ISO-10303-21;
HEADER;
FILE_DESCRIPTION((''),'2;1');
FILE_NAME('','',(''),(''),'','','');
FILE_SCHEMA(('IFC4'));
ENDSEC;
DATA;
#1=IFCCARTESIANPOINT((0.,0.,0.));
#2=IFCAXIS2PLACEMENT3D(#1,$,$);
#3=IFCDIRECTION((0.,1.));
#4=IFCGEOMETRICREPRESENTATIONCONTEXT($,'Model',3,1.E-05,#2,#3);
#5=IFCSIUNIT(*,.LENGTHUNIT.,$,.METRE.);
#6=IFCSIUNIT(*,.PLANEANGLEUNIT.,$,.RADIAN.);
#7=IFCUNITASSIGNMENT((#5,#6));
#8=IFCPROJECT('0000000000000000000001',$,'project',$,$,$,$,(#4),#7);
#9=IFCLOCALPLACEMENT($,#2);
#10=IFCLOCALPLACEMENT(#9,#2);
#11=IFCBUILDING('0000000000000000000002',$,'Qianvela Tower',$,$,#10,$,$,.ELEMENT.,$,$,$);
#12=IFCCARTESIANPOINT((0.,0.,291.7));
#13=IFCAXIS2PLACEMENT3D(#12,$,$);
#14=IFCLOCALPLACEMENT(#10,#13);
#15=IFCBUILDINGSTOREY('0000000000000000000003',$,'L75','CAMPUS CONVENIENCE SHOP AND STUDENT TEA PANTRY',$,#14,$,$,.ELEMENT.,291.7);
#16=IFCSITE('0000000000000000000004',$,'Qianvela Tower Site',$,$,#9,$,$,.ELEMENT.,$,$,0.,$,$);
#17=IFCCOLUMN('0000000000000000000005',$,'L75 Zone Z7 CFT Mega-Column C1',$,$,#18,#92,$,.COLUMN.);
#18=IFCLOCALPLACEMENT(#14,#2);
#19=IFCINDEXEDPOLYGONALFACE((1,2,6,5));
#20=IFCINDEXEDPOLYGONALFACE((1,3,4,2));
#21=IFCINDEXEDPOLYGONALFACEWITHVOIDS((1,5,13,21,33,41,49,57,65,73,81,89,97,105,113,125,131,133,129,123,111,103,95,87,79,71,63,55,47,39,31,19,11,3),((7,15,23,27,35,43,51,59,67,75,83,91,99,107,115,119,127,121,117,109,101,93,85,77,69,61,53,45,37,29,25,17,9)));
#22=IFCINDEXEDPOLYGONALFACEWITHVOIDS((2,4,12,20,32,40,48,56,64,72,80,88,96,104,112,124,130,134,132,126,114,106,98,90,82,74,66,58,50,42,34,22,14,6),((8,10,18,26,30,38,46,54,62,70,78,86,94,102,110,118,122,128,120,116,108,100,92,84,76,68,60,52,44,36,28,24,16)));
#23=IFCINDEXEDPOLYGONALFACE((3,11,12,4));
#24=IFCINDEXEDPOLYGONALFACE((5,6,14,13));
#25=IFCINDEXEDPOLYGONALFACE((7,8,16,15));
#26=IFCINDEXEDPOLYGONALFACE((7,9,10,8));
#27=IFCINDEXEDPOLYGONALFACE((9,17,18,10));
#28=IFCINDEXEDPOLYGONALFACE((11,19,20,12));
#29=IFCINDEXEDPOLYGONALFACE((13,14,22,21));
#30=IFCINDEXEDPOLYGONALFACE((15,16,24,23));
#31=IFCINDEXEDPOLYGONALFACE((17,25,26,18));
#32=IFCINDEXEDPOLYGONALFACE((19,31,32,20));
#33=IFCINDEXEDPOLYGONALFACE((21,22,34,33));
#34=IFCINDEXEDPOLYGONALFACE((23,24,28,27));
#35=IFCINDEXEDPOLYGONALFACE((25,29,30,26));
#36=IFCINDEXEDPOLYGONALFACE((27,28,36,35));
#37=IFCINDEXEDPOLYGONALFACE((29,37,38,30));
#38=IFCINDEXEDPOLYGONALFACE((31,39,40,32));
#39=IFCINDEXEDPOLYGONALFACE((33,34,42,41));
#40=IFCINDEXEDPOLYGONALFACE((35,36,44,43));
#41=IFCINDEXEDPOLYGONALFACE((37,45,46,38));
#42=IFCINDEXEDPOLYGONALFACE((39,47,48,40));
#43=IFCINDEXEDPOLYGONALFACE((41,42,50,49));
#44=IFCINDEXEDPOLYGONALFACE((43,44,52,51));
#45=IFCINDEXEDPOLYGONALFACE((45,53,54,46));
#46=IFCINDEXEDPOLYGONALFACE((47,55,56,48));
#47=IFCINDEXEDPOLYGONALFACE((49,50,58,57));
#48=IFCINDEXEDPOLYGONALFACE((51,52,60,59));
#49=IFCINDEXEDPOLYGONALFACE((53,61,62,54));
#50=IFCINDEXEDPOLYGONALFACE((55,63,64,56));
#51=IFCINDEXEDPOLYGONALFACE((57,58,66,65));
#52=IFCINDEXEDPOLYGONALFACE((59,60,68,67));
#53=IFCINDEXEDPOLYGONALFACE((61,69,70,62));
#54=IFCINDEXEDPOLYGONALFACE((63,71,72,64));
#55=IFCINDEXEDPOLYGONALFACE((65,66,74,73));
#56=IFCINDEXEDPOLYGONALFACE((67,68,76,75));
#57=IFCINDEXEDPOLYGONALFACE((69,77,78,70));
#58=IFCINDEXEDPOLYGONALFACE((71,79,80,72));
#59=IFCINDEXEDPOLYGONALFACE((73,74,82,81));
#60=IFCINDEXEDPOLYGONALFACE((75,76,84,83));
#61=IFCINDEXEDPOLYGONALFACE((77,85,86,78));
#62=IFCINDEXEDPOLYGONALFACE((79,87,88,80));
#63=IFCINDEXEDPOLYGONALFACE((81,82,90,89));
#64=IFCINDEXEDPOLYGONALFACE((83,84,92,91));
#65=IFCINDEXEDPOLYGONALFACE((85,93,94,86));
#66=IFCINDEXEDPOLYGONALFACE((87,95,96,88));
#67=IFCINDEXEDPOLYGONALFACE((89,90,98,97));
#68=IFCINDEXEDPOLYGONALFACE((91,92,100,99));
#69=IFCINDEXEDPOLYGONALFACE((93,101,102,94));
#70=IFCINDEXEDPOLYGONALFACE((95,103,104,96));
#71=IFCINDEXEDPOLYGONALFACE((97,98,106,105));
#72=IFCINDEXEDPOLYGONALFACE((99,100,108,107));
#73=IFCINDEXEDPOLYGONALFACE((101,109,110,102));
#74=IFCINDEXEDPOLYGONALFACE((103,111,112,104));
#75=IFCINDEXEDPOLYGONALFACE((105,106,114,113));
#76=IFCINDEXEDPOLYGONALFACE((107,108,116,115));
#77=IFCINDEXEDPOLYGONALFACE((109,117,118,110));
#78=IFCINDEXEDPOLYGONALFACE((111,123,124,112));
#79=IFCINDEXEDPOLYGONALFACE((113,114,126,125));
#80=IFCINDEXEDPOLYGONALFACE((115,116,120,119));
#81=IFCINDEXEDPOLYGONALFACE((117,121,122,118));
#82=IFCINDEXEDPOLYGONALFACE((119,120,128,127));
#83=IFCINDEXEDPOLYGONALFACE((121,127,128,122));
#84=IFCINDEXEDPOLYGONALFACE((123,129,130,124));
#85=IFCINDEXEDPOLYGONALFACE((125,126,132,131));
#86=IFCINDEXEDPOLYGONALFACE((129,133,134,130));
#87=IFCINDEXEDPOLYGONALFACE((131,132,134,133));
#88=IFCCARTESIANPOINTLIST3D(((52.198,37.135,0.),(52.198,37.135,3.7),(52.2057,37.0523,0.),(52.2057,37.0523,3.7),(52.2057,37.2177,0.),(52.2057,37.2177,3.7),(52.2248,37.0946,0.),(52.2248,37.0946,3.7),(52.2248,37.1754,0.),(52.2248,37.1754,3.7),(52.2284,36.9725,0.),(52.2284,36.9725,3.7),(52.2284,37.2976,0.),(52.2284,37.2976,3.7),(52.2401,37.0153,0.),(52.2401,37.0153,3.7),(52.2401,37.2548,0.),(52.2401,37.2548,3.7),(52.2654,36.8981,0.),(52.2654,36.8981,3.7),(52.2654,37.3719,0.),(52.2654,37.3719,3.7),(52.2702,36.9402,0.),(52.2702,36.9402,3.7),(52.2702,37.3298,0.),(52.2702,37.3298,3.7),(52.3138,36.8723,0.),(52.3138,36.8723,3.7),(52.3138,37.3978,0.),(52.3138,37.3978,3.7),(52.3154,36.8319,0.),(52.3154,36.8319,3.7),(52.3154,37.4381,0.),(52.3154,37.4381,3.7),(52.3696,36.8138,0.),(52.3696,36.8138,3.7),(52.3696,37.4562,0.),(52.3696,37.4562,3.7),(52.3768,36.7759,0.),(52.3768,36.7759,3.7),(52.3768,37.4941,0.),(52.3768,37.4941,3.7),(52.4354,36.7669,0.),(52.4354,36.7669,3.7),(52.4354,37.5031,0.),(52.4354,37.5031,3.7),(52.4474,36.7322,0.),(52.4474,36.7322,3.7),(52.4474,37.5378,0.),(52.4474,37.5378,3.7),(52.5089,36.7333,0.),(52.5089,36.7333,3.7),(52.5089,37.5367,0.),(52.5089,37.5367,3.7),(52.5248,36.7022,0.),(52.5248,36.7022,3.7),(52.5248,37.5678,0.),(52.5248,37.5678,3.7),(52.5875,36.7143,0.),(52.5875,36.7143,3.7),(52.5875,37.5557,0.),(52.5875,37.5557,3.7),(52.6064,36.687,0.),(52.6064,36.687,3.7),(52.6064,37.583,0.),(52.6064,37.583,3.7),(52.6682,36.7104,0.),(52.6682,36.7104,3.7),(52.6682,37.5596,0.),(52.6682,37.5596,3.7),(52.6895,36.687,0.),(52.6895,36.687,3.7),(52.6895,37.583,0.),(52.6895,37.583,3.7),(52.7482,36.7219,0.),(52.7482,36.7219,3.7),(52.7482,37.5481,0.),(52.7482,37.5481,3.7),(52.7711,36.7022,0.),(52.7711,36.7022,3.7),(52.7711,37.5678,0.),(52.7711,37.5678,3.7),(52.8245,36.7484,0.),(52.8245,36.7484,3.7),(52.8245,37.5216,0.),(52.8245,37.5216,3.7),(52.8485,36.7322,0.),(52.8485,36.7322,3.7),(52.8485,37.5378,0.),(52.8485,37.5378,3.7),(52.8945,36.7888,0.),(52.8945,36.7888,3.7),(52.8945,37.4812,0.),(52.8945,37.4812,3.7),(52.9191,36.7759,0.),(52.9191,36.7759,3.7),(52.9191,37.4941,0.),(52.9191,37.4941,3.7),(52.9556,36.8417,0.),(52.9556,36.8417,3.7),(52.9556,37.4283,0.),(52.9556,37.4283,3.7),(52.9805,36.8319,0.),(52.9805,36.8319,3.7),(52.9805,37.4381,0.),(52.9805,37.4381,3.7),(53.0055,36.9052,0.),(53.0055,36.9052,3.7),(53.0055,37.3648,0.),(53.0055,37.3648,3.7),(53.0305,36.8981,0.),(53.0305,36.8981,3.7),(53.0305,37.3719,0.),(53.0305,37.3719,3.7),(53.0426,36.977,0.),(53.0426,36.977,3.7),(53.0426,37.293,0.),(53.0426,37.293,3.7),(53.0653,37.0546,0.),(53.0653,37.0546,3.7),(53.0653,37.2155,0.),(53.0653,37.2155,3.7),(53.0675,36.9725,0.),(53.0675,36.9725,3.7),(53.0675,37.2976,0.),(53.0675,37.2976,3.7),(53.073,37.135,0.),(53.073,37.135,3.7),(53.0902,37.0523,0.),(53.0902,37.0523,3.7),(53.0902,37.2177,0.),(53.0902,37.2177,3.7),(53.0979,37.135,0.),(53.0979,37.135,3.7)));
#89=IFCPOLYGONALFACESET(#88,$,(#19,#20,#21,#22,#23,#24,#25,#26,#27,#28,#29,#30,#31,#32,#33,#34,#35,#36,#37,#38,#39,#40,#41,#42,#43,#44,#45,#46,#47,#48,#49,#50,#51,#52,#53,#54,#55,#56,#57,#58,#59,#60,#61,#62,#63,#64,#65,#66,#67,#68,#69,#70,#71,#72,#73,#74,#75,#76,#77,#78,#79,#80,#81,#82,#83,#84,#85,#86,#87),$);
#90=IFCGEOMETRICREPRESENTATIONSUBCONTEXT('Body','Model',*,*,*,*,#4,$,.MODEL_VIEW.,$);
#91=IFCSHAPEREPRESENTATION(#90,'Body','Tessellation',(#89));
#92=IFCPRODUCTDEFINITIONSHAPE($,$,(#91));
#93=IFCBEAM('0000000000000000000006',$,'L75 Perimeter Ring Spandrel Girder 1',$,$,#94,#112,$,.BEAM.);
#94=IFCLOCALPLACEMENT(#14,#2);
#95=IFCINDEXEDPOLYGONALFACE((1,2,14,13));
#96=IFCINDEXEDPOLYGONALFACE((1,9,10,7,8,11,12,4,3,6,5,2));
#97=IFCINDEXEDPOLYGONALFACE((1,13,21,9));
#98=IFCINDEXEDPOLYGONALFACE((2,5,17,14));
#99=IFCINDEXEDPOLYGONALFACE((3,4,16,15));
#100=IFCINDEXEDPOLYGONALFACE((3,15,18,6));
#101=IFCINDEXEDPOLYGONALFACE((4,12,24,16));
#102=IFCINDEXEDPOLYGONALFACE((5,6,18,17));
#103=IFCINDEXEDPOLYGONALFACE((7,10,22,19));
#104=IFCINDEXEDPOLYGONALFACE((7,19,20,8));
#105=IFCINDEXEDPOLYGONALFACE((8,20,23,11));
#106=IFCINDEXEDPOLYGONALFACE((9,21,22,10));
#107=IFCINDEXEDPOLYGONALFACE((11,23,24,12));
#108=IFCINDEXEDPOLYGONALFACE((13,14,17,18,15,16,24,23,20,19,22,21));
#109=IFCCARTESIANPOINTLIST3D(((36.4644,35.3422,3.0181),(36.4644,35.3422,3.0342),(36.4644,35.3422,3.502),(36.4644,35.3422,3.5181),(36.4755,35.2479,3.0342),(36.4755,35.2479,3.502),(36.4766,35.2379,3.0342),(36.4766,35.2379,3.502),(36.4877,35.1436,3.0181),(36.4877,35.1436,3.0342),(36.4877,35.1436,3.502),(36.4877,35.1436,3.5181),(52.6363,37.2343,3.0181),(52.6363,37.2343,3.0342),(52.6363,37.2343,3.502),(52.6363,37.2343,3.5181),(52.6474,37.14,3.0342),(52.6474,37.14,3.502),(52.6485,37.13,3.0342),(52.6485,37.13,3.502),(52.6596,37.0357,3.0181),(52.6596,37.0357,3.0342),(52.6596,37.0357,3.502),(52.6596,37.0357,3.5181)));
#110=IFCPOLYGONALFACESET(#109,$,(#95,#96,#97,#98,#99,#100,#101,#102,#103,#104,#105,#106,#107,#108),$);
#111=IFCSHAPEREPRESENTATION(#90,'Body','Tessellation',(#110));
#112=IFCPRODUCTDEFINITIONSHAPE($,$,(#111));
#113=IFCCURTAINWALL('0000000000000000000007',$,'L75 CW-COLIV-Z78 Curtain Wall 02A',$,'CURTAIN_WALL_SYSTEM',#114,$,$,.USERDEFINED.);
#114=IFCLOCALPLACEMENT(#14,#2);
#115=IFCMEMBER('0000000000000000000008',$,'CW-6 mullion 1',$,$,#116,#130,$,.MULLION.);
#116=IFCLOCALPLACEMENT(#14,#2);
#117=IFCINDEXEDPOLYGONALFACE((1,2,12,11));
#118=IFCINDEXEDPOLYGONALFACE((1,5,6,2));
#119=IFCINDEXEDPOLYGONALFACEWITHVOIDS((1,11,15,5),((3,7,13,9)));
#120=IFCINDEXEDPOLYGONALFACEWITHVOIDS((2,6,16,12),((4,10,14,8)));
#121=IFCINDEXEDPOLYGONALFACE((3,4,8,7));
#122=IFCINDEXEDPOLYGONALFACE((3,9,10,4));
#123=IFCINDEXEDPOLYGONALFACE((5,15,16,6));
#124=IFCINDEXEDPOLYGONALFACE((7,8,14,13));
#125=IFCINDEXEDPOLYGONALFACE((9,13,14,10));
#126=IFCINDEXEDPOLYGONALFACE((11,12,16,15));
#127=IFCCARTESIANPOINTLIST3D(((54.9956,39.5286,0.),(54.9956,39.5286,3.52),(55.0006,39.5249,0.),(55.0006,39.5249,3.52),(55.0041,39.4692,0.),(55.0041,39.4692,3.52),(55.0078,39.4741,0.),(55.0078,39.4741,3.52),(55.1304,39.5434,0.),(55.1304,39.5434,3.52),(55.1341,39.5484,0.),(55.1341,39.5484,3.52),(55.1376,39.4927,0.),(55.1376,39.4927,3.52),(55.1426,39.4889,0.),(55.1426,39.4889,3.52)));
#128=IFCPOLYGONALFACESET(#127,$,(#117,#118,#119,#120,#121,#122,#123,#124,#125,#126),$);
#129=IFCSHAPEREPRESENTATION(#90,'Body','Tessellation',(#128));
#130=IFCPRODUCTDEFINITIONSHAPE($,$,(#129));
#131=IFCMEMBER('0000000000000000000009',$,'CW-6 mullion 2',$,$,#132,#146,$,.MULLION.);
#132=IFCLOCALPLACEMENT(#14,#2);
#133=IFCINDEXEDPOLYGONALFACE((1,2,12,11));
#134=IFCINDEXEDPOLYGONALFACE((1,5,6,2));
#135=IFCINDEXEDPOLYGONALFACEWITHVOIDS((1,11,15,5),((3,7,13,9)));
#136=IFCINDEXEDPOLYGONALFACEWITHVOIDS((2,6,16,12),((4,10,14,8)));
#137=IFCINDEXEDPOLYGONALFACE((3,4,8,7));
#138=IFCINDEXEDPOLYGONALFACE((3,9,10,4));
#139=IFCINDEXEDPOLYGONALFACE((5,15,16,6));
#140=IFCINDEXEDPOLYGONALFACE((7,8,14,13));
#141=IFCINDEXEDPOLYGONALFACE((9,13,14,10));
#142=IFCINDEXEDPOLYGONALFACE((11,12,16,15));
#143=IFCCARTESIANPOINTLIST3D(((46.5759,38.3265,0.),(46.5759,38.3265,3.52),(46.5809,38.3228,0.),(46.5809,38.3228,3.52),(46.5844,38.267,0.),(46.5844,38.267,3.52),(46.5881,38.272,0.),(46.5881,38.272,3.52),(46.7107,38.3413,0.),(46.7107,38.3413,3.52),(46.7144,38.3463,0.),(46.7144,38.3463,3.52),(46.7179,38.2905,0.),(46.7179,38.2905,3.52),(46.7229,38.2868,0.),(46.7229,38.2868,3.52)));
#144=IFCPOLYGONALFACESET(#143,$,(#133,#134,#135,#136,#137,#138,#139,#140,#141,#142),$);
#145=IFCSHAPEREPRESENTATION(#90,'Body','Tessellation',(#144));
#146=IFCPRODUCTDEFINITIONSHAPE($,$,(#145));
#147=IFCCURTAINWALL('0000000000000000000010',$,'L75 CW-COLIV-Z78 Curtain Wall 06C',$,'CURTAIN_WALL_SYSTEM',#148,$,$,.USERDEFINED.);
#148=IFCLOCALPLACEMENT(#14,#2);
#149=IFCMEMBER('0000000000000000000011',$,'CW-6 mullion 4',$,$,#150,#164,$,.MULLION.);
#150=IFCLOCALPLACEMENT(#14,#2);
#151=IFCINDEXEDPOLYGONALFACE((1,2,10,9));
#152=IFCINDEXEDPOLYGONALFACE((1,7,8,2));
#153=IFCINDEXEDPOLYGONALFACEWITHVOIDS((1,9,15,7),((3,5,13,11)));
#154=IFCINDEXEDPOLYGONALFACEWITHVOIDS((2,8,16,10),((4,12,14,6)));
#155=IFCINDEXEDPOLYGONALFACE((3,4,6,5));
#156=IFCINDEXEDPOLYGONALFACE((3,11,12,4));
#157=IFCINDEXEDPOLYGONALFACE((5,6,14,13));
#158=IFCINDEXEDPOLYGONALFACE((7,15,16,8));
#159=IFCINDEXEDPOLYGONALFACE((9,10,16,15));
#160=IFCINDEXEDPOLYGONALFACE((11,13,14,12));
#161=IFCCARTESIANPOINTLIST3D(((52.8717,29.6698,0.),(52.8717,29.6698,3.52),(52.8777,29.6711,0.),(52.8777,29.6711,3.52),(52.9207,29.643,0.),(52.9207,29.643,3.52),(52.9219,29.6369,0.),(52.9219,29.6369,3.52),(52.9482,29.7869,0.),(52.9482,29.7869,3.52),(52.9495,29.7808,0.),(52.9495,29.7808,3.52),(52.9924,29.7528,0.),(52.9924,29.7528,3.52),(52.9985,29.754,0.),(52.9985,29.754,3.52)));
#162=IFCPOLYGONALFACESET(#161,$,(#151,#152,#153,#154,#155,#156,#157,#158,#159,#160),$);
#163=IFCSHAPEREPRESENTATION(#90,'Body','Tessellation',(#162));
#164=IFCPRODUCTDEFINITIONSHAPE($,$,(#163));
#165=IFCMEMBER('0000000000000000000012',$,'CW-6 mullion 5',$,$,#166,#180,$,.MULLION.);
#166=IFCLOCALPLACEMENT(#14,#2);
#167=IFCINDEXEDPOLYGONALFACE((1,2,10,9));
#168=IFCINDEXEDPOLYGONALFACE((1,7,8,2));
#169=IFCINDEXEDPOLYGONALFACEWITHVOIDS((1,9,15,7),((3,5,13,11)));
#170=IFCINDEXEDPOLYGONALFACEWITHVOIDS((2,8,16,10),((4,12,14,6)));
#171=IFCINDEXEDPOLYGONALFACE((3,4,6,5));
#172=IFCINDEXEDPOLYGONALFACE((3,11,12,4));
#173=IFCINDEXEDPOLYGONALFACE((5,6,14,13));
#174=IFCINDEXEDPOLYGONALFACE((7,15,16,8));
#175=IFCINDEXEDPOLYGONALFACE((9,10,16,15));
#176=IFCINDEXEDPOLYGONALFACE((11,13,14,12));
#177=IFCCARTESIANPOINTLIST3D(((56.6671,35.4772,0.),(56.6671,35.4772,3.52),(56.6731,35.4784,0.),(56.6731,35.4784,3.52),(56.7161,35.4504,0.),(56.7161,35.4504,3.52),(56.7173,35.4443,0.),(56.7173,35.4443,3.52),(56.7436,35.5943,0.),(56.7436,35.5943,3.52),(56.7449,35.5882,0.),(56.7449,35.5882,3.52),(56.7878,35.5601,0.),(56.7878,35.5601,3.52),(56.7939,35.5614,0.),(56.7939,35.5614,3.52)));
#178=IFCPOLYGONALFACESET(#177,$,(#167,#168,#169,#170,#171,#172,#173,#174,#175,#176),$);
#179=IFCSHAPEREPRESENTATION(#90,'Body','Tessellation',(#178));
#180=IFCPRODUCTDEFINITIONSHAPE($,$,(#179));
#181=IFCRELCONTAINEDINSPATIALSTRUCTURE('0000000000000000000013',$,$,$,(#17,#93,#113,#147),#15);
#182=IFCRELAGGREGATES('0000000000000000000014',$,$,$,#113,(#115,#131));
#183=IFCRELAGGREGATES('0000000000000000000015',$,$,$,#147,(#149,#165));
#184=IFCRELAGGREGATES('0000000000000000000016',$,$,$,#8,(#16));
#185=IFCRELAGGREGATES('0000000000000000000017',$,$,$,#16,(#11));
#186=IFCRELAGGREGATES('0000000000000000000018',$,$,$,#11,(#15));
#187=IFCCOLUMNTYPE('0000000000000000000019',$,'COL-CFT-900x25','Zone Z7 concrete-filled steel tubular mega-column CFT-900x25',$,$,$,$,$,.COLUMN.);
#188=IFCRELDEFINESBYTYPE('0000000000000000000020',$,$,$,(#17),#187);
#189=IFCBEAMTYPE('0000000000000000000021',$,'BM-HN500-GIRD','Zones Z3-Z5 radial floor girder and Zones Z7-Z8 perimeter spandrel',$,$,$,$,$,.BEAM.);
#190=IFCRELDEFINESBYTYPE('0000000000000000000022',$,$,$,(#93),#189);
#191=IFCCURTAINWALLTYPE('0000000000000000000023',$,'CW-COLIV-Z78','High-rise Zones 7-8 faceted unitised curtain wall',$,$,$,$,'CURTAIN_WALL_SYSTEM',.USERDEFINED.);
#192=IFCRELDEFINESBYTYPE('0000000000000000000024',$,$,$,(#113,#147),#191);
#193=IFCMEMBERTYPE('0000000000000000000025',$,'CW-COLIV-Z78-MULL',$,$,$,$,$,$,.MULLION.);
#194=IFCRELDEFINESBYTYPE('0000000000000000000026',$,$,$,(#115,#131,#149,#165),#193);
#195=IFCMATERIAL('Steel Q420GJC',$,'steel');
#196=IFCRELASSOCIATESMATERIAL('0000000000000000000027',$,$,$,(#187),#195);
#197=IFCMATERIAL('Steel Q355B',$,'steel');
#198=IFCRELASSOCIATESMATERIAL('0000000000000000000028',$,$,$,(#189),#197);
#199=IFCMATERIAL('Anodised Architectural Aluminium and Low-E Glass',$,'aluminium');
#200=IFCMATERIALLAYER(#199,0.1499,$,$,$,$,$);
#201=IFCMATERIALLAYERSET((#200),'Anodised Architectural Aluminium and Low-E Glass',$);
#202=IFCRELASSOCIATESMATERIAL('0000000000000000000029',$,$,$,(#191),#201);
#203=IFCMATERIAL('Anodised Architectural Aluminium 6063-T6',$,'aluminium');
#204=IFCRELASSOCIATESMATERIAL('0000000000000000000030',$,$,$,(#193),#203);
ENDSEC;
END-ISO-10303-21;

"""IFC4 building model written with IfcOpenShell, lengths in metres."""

from ifc_helpers import new_model, si_unit, direction, frame, origin, origin_2d, place, context, subcontext, project, spatial, hollow_rectangle, hollow_circle, i_section, extrude, material, layer, layer_set, material_profile, profile_set, type_object, element, aggregate, save


model = new_model("IFC4")

# Units and contexts
model_context = context("Model", 3, precision=1e-05, world=origin(), true_north=direction((0.0, 1.0)))
body_context = subcontext(model_context, "Body", "Model", "MODEL_VIEW")
ifc_project = project(units=[si_unit("LENGTHUNIT", "METRE"), si_unit("PLANEANGLEUNIT", "RADIAN")], contexts=[model_context])

# Site, building, storey
site_placement = place(None, origin())
site = spatial("IfcSite", under=ifc_project, at=site_placement, Name="Qianvela Tower Site", CompositionType="ELEMENT", RefElevation=0.0)
building_placement = place(site_placement, origin())
building = spatial("IfcBuilding", under=site, at=building_placement, Name="Qianvela Tower", CompositionType="ELEMENT")
storey_placement = place(building_placement, frame((0.0, 0.0, 291.7)))
storey = spatial("IfcBuildingStorey", under=building, at=storey_placement, Name="L75", Description="CAMPUS CONVENIENCE SHOP AND STUDENT TEA PANTRY", CompositionType="ELEMENT", Elevation=291.7)

# Column
ifc_material_1 = material(Name="Steel Q420GJC", Category="steel")
ifc_material_profile_1 = material_profile(ifc_material_1, hollow_circle(Radius=0.45, WallThickness=0.0249, at=origin_2d()), Name="CFT-900x25")
ifc_profile_set_1 = profile_set([ifc_material_profile_1], Name="Steel Q420GJC")
column_type = type_object("IfcColumnType", Name="COL-CFT-900x25", Description="Zone Z7 concrete-filled steel tubular mega-column CFT-900x25", PredefinedType="COLUMN", material=ifc_profile_set_1)
column_placement = place(storey_placement, frame((52.6479, 37.135, 0.0), z_axis=(0.0, 0.0, 1.0), x_axis=(1.0, 0.0, 0.0)))
element("IfcColumn", 1, at=column_placement, inside=storey, type_object=column_type, Name="L75 Zone Z7 CFT Mega-Column C1", PredefinedType="COLUMN", context=body_context, shape_type="SweptSolid", body=[
    extrude(hollow_circle(Radius=0.45, WallThickness=0.0249, at=origin_2d()), origin(), (0.0, 0.0, 1.0), 3.7),
])

# Beam
ifc_material_2 = material(Name="Steel Q355B", Category="steel")
ifc_material_profile_2 = material_profile(ifc_material_2, i_section(OverallWidth=0.2, OverallDepth=0.5, WebThickness=0.01, FlangeThickness=0.0161, at=origin_2d()), Name="HN500x200x10x16")
ifc_profile_set_2 = profile_set([ifc_material_profile_2], Name="Steel Q355B")
beam_type = type_object("IfcBeamType", Name="BM-HN500-GIRD", Description="Zones Z3-Z5 radial floor girder and Zones Z7-Z8 perimeter spandrel", PredefinedType="BEAM", material=ifc_profile_set_2)
beam_placement = place(storey_placement, frame((52.6479, 37.135, 3.2681), z_axis=(-0.993225, -0.116206, 0.0), x_axis=(0.116206, -0.993225, 0.0)))
element("IfcBeam", 2, at=beam_placement, inside=storey, type_object=beam_type, Name="L75 Perimeter Ring Spandrel Girder 1", PredefinedType="BEAM", context=body_context, shape_type="SweptSolid", body=[
    extrude(i_section(OverallWidth=0.2, OverallDepth=0.5, WebThickness=0.01, FlangeThickness=0.0161, at=origin_2d()), origin(), (0.0, 0.0, 1.0), 16.2822),
])

# Curtain walls, members
ifc_material_3 = material(Name="Anodised Architectural Aluminium and Low-E Glass", Category="aluminium")
ifc_layer_1 = layer(ifc_material_3, 0.1499)
ifc_layer_set_1 = layer_set([ifc_layer_1], Name="Anodised Architectural Aluminium and Low-E Glass")
curtain_wall_type = type_object("IfcCurtainWallType", Name="CW-COLIV-Z78", Description="High-rise Zones 7-8 faceted unitised curtain wall", ElementType="CURTAIN_WALL_SYSTEM", PredefinedType="USERDEFINED", material=ifc_layer_set_1)
curtain_wall_1_placement = place(storey_placement, origin())
curtain_wall_1 = element("IfcCurtainWall", 3, at=curtain_wall_1_placement, inside=storey, type_object=curtain_wall_type, Name="L75 CW-COLIV-Z78 Curtain Wall 02A", ObjectType="CURTAIN_WALL_SYSTEM", PredefinedType="USERDEFINED")
ifc_material_4 = material(Name="Anodised Architectural Aluminium 6063-T6", Category="aluminium")
ifc_material_profile_3 = material_profile(ifc_material_4, hollow_rectangle(XDim=0.0601, YDim=0.1399, WallThickness=0.0044, at=origin_2d()), Name="ALU-MULL-60x140")
ifc_profile_set_3 = profile_set([ifc_material_profile_3], Name="Anodised Architectural Aluminium 6063-T6")
member_type_1 = type_object("IfcMemberType", Name="CW-COLIV-Z78-MULL", PredefinedType="MULLION", material=ifc_profile_set_3)
member_1_placement = place(storey_placement, frame((55.0691, 39.5088, 0.0), z_axis=(0.0, 0.0, 1.0), x_axis=(0.141365, -0.989958, 0.0)))
member_1 = element("IfcMember", 4, at=member_1_placement, type_object=member_type_1, Name="CW-6 mullion 1", PredefinedType="MULLION", context=body_context, shape_type="SweptSolid", body=[
    extrude(hollow_rectangle(XDim=0.0601, YDim=0.1399, WallThickness=0.0044, at=origin_2d()), origin(), (0.0, 0.0, 1.0), 3.52),
])
member_2_placement = place(storey_placement, frame((46.6494, 38.3066, 0.0), z_axis=(0.0, 0.0, 1.0), x_axis=(0.141365, -0.989958, 0.0)))
member_2 = element("IfcMember", 5, at=member_2_placement, type_object=member_type_1, Name="CW-6 mullion 2", PredefinedType="MULLION", context=body_context, shape_type="SweptSolid", body=[
    extrude(hollow_rectangle(XDim=0.0601, YDim=0.1399, WallThickness=0.0044, at=origin_2d()), origin(), (0.0, 0.0, 1.0), 3.52),
])
curtain_wall_2_placement = place(storey_placement, origin())
curtain_wall_2 = element("IfcCurtainWall", 6, at=curtain_wall_2_placement, inside=storey, type_object=curtain_wall_type, Name="L75 CW-COLIV-Z78 Curtain Wall 06C", ObjectType="CURTAIN_WALL_SYSTEM", PredefinedType="USERDEFINED")
member_3_placement = place(storey_placement, frame((52.9351, 29.7119, 0.0), z_axis=(0.0, 0.0, 1.0), x_axis=(-0.837078, 0.547084, 0.0)))
member_3 = element("IfcMember", 7, at=member_3_placement, type_object=member_type_1, Name="CW-6 mullion 4", PredefinedType="MULLION", context=body_context, shape_type="SweptSolid", body=[
    extrude(hollow_rectangle(XDim=0.0601, YDim=0.1399, WallThickness=0.0044, at=origin_2d()), origin(), (0.0, 0.0, 1.0), 3.52),
])
member_4_placement = place(storey_placement, frame((56.7305, 35.5193, 0.0), z_axis=(0.0, 0.0, 1.0), x_axis=(-0.837078, 0.547084, 0.0)))
member_4 = element("IfcMember", 8, at=member_4_placement, type_object=member_type_1, Name="CW-6 mullion 5", PredefinedType="MULLION", context=body_context, shape_type="SweptSolid", body=[
    extrude(hollow_rectangle(XDim=0.0601, YDim=0.1399, WallThickness=0.0044, at=origin_2d()), origin(), (0.0, 0.0, 1.0), 3.52),
])

aggregate(curtain_wall_1, [member_1, member_2])
aggregate(curtain_wall_2, [member_3, member_4])

save(model, "model.ifc")
